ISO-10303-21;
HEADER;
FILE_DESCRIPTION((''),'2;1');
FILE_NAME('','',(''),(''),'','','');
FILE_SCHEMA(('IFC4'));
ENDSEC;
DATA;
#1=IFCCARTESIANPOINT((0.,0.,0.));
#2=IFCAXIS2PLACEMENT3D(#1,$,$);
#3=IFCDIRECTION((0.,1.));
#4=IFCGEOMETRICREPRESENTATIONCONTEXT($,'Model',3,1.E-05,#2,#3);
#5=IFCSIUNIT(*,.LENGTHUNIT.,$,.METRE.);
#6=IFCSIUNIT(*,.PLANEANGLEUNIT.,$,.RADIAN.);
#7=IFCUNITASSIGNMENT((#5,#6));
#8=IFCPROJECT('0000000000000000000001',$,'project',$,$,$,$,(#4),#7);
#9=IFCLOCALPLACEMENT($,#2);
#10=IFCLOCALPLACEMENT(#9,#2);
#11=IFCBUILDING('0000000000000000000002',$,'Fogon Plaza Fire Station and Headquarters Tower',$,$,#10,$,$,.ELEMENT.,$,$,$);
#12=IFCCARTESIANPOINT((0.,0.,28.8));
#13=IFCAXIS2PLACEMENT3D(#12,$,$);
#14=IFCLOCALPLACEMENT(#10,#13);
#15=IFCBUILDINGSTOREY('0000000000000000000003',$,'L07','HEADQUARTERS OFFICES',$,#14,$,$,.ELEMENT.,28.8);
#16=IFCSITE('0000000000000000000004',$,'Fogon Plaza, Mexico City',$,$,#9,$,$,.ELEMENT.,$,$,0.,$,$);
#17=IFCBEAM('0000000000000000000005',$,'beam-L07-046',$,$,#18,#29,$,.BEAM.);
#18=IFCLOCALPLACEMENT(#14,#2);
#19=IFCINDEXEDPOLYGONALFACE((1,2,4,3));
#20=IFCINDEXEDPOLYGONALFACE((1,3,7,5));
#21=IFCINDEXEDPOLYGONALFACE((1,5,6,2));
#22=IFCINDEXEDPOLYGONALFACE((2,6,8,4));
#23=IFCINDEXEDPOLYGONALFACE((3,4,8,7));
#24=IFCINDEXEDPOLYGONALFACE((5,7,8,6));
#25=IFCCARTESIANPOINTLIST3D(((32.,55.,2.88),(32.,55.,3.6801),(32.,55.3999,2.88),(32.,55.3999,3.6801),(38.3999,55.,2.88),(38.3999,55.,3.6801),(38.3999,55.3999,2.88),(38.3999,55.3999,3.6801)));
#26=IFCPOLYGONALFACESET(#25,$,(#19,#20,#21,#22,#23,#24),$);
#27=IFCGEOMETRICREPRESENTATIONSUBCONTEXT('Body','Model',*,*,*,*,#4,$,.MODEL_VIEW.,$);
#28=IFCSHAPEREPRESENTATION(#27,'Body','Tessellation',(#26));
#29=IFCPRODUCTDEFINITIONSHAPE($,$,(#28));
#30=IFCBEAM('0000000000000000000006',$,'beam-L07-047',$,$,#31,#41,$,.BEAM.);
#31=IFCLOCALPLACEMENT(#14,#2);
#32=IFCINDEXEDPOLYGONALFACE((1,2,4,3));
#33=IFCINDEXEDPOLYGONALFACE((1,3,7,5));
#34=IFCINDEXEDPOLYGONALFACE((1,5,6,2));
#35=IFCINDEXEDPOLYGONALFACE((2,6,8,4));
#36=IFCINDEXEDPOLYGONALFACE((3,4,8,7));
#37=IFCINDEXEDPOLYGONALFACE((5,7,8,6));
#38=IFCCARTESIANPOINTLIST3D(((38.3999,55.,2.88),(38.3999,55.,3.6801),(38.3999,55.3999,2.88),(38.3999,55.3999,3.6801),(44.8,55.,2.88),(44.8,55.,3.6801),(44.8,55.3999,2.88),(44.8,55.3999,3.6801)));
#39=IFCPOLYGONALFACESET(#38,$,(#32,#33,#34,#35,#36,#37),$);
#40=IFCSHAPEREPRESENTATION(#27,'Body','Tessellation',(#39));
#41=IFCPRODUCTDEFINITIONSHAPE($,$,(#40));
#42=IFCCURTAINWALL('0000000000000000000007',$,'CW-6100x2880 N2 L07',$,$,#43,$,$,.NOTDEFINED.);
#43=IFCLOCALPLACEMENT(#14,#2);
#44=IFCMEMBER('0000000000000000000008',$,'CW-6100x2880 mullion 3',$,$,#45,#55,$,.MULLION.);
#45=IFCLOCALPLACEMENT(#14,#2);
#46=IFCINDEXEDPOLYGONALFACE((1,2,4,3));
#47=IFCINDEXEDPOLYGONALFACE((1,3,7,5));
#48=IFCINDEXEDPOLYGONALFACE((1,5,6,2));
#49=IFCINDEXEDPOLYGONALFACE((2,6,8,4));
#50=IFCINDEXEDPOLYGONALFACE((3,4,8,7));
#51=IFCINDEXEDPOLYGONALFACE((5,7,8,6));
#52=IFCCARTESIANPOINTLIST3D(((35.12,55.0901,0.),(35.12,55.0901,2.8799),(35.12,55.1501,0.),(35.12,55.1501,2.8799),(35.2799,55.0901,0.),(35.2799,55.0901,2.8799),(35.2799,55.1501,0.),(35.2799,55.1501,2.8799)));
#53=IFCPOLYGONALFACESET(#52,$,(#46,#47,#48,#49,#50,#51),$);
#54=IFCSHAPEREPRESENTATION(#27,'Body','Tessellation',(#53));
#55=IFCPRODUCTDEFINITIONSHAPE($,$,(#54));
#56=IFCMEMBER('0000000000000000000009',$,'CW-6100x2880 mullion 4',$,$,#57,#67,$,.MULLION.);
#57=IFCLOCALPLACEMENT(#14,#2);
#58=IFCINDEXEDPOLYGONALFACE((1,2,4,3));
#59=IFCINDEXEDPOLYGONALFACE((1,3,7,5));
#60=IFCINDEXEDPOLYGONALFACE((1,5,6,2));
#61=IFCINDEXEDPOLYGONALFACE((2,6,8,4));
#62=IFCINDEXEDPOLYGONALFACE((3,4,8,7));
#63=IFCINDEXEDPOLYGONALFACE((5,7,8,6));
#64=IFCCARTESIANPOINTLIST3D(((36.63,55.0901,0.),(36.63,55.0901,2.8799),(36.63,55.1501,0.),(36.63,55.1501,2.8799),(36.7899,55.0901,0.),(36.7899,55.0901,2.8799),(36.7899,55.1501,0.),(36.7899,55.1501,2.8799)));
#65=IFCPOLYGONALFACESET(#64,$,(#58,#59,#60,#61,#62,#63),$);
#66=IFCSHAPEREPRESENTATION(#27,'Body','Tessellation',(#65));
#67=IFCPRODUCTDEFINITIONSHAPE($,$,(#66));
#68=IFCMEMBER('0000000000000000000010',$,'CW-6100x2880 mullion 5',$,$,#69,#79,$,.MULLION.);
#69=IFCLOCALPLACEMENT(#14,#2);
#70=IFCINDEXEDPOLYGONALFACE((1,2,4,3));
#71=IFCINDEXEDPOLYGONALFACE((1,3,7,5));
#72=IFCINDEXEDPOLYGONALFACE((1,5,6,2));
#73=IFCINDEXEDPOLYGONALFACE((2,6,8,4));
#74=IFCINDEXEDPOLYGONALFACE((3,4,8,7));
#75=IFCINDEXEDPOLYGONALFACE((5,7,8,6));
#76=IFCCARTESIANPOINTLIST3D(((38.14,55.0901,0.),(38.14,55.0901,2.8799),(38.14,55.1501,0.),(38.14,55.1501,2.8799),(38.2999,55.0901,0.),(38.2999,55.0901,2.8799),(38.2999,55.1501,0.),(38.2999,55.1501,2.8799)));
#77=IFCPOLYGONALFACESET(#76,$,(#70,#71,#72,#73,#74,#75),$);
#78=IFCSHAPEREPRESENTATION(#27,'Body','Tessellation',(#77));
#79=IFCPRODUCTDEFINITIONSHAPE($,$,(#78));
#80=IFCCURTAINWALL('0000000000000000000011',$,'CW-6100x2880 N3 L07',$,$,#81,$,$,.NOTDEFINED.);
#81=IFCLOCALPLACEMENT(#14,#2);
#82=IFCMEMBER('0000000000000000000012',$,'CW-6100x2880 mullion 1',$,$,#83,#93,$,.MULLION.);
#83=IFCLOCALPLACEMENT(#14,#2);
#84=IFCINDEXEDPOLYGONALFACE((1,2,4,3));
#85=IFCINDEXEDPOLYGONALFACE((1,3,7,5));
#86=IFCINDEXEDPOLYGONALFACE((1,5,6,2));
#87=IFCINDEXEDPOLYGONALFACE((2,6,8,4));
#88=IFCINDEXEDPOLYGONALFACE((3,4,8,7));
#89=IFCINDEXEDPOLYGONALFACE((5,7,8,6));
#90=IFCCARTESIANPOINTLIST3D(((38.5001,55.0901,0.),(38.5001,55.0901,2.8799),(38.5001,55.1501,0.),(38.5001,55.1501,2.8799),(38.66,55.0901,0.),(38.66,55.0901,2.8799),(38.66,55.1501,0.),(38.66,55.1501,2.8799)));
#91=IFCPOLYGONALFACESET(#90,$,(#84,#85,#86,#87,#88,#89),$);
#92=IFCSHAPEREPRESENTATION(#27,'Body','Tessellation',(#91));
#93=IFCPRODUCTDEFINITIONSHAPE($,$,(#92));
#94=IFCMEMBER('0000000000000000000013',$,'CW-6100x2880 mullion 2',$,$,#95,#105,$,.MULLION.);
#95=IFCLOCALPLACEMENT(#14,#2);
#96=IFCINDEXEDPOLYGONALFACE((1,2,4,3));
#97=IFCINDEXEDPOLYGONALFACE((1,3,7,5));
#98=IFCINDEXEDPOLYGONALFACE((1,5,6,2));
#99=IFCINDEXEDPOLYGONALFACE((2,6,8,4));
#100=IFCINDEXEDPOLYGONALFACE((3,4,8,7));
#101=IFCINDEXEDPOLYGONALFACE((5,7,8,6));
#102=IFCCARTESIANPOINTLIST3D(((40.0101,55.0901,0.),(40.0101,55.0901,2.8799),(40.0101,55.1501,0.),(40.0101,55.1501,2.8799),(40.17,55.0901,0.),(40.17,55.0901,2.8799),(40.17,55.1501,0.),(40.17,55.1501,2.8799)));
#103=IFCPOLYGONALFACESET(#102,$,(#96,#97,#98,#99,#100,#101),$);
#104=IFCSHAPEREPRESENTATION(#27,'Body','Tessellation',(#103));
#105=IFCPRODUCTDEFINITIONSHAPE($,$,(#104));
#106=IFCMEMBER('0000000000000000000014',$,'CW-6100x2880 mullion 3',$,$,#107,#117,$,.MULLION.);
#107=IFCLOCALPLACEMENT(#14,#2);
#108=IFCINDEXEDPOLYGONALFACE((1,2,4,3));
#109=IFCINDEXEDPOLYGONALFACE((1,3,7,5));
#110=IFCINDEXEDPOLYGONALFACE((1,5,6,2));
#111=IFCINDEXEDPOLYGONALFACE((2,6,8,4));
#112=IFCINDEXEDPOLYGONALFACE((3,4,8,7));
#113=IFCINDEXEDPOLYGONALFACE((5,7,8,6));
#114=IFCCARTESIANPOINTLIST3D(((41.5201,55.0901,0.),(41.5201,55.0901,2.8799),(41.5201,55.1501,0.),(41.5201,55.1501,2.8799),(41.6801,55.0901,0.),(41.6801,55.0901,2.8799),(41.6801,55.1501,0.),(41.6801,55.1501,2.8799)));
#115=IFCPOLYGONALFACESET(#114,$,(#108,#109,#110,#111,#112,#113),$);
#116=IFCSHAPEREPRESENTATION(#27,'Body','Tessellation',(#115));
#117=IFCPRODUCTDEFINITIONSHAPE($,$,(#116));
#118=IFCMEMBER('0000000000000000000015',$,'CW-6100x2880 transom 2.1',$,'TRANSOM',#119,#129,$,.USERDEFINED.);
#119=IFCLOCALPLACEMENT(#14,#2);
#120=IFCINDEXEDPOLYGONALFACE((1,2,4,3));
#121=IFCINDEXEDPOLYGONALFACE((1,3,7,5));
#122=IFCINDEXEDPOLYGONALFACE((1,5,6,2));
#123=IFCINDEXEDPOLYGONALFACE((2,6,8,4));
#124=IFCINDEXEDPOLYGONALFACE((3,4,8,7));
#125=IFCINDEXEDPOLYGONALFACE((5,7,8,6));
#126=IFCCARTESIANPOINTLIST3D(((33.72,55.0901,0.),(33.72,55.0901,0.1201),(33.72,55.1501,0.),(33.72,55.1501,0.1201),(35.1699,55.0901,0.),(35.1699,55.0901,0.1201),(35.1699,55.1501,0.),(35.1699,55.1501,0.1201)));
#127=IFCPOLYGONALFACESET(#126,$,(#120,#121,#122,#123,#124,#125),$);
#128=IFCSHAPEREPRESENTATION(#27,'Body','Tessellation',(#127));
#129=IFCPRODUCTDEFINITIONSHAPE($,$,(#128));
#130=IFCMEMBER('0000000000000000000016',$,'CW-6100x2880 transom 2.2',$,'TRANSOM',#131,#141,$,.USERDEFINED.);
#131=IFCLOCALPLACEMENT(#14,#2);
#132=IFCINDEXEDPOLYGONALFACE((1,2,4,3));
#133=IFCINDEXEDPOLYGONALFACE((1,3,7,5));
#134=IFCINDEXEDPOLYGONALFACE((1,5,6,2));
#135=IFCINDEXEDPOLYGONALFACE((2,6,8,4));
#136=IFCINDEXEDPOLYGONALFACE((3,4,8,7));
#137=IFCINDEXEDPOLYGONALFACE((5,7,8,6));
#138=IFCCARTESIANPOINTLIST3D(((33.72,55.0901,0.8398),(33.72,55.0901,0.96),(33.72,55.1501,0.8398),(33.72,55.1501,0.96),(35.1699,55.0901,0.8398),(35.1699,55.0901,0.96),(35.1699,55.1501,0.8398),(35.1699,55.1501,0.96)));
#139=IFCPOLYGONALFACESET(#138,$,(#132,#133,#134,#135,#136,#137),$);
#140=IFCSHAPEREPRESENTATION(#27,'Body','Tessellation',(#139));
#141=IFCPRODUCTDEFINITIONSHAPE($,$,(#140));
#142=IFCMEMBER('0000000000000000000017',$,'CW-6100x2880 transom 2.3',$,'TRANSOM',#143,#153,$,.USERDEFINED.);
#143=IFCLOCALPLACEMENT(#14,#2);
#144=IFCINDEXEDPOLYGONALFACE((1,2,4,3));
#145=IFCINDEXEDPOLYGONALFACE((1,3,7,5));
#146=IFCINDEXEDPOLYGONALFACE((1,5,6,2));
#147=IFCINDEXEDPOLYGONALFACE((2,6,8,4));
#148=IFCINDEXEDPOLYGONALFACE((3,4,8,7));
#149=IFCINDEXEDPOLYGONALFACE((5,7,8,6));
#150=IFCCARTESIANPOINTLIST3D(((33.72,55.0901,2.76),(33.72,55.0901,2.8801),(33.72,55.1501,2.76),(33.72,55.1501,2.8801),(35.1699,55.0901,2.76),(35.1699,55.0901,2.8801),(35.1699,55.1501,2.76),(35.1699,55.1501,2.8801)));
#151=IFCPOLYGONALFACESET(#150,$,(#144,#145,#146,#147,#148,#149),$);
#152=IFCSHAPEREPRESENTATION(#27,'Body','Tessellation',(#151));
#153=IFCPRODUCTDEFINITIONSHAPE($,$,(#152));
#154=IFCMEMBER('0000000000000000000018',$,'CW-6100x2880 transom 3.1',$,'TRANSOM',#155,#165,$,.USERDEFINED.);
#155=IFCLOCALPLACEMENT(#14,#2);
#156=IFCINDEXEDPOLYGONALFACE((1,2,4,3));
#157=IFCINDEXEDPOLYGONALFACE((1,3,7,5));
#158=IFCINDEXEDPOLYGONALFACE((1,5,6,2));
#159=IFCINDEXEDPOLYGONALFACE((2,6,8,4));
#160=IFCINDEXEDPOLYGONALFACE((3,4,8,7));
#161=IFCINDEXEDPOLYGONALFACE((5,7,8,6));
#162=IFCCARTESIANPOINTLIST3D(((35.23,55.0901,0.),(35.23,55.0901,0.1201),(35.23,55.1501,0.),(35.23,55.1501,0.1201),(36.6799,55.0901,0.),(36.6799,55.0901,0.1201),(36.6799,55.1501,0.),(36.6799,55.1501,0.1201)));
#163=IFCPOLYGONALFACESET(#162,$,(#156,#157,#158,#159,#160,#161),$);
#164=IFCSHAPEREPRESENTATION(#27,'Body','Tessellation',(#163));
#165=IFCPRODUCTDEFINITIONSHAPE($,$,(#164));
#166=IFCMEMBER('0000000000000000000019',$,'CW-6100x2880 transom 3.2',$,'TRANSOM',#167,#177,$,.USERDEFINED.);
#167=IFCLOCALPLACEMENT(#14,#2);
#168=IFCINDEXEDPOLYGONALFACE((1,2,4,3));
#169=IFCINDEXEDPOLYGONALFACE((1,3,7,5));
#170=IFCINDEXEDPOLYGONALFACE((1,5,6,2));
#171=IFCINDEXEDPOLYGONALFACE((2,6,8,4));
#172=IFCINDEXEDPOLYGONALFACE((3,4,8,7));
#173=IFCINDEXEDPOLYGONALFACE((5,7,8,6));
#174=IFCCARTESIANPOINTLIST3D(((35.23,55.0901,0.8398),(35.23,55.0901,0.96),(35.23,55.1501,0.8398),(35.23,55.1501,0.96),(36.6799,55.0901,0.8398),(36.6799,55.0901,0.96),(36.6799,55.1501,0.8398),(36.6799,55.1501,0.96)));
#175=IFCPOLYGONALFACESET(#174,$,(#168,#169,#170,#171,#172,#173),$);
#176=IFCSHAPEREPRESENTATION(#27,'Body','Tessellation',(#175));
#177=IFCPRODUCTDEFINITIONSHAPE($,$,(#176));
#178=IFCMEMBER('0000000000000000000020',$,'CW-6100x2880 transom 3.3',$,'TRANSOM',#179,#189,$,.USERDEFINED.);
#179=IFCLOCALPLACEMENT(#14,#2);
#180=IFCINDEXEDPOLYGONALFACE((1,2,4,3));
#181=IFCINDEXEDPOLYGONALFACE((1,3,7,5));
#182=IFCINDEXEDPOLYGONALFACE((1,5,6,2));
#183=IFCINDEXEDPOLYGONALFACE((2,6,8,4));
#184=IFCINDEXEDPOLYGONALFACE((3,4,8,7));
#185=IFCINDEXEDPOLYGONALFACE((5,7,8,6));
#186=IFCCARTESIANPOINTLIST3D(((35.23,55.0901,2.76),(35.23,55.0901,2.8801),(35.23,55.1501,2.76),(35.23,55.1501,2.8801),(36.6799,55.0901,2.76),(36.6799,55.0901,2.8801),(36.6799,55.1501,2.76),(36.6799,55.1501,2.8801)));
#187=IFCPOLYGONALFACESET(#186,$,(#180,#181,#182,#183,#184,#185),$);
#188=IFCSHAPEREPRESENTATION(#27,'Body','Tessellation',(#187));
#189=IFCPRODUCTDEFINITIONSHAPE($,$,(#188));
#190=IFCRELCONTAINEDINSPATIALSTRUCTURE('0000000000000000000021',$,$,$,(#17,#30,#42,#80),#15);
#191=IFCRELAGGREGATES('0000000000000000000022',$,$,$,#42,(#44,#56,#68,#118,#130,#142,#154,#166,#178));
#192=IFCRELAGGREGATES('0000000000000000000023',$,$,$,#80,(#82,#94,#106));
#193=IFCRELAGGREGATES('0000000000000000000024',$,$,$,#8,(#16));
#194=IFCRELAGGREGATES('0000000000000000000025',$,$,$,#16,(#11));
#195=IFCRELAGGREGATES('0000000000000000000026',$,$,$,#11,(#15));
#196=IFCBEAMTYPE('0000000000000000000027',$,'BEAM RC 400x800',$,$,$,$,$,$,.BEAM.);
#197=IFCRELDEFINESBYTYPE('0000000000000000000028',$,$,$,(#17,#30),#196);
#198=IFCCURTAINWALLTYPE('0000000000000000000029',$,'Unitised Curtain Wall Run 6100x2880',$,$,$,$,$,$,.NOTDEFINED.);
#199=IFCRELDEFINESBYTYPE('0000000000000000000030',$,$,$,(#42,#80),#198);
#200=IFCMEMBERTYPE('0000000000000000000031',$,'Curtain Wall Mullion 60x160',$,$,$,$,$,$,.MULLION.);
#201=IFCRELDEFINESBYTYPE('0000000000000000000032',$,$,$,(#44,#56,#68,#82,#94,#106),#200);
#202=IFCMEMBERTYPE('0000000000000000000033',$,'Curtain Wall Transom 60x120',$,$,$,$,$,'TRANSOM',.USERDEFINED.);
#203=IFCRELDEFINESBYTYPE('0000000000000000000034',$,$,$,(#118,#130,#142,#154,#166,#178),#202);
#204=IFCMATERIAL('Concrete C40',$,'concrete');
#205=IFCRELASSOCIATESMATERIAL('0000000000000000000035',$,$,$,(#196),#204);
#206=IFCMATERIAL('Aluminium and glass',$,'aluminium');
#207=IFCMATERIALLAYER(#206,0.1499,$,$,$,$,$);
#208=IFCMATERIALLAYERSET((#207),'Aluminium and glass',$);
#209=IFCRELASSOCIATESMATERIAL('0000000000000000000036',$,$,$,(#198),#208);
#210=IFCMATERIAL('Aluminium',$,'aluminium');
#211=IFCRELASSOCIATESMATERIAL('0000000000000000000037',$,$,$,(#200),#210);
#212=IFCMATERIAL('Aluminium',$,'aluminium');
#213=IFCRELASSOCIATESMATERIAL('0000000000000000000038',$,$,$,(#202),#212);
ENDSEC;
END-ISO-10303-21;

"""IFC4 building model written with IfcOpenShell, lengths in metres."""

from ifc_helpers import new_model, si_unit, direction, frame, origin, origin_2d, place, context, subcontext, project, spatial, rectangle, extrude, material, layer, layer_set, material_profile, profile_set, type_object, element, aggregate, save


model = new_model("IFC4")

# Units and contexts
model_context = context("Model", 3, precision=1e-05, world=origin(), true_north=direction((0.0, 1.0)))
body_context = subcontext(model_context, "Body", "Model", "MODEL_VIEW")
ifc_project = project(units=[si_unit("LENGTHUNIT", "METRE"), si_unit("PLANEANGLEUNIT", "RADIAN")], contexts=[model_context])

# Site, building, storey
site_placement = place(None, origin())
site = spatial("IfcSite", under=ifc_project, at=site_placement, Name="Fogon Plaza, Mexico City", CompositionType="ELEMENT", RefElevation=0.0)
building_placement = place(site_placement, origin())
building = spatial("IfcBuilding", under=site, at=building_placement, Name="Fogon Plaza Fire Station and Headquarters Tower", CompositionType="ELEMENT")
storey_placement = place(building_placement, frame((0.0, 0.0, 28.8)))
storey = spatial("IfcBuildingStorey", under=building, at=storey_placement, Name="L07", Description="HEADQUARTERS OFFICES", CompositionType="ELEMENT", Elevation=28.8)

# Beams
ifc_material_1 = material(Name="Concrete C40", Category="concrete")
ifc_material_profile_1 = material_profile(ifc_material_1, rectangle(XDim=0.3999, YDim=0.8, at=origin_2d()), Name="RC 400x800")
ifc_profile_set_1 = profile_set([ifc_material_profile_1], Name="Concrete C40")
beam_type = type_object("IfcBeamType", Name="BEAM RC 400x800", PredefinedType="BEAM", material=ifc_profile_set_1)
beam_1_placement = place(storey_placement, frame((32.0, 55.2, 3.28), z_axis=(1.0, 0.0, 0.0), x_axis=(0.0, 1.0, 0.0)))
element("IfcBeam", 1, at=beam_1_placement, inside=storey, type_object=beam_type, Name="beam-L07-046", PredefinedType="BEAM", context=body_context, shape_type="SweptSolid", body=[
    extrude(rectangle(XDim=0.3999, YDim=0.8, at=origin_2d()), origin(), (0.0, 0.0, 1.0), 6.3999),
])
beam_2_placement = place(storey_placement, frame((38.3999, 55.2, 3.28), z_axis=(1.0, 0.0, 0.0), x_axis=(0.0, 1.0, 0.0)))
element("IfcBeam", 2, at=beam_2_placement, inside=storey, type_object=beam_type, Name="beam-L07-047", PredefinedType="BEAM", context=body_context, shape_type="SweptSolid", body=[
    extrude(rectangle(XDim=0.3999, YDim=0.8, at=origin_2d()), origin(), (0.0, 0.0, 1.0), 6.4001),
])

# Curtain walls, members
ifc_material_2 = material(Name="Aluminium and glass", Category="aluminium")
ifc_layer_1 = layer(ifc_material_2, 0.1499)
ifc_layer_set_1 = layer_set([ifc_layer_1], Name="Aluminium and glass")
curtain_wall_type = type_object("IfcCurtainWallType", Name="Unitised Curtain Wall Run 6100x2880", PredefinedType="NOTDEFINED", material=ifc_layer_set_1)
curtain_wall_1_placement = place(storey_placement, origin())
curtain_wall_1 = element("IfcCurtainWall", 3, at=curtain_wall_1_placement, inside=storey, type_object=curtain_wall_type, Name="CW-6100x2880 N2 L07", PredefinedType="NOTDEFINED")
ifc_material_3 = material(Name="Aluminium", Category="aluminium")
ifc_material_profile_2 = material_profile(ifc_material_3, rectangle(XDim=0.0601, YDim=0.1599, at=origin_2d()), Name="Curtain Wall Mullion 60x160")
ifc_profile_set_2 = profile_set([ifc_material_profile_2], Name="Aluminium")
member_type_1 = type_object("IfcMemberType", Name="Curtain Wall Mullion 60x160", PredefinedType="MULLION", material=ifc_profile_set_2)
member_1_placement = place(storey_placement, frame((35.2, 55.1201, 0.0), z_axis=(0.0, 0.0, 1.0), x_axis=(0.0, 1.0, 0.0)))
member_1 = element("IfcMember", 4, at=member_1_placement, type_object=member_type_1, Name="CW-6100x2880 mullion 3", PredefinedType="MULLION", context=body_context, shape_type="SweptSolid", body=[
    extrude(rectangle(XDim=0.0601, YDim=0.1599, at=origin_2d()), origin(), (0.0, 0.0, 1.0), 2.8799),
])
member_2_placement = place(storey_placement, frame((36.71, 55.1201, 0.0), z_axis=(0.0, 0.0, 1.0), x_axis=(0.0, 1.0, 0.0)))
member_2 = element("IfcMember", 5, at=member_2_placement, type_object=member_type_1, Name="CW-6100x2880 mullion 4", PredefinedType="MULLION", context=body_context, shape_type="SweptSolid", body=[
    extrude(rectangle(XDim=0.0601, YDim=0.1599, at=origin_2d()), origin(), (0.0, 0.0, 1.0), 2.8799),
])
member_3_placement = place(storey_placement, frame((38.22, 55.1201, 0.0), z_axis=(0.0, 0.0, 1.0), x_axis=(0.0, 1.0, 0.0)))
member_3 = element("IfcMember", 6, at=member_3_placement, type_object=member_type_1, Name="CW-6100x2880 mullion 5", PredefinedType="MULLION", context=body_context, shape_type="SweptSolid", body=[
    extrude(rectangle(XDim=0.0601, YDim=0.1599, at=origin_2d()), origin(), (0.0, 0.0, 1.0), 2.8799),
])
curtain_wall_2_placement = place(storey_placement, origin())
curtain_wall_2 = element("IfcCurtainWall", 7, at=curtain_wall_2_placement, inside=storey, type_object=curtain_wall_type, Name="CW-6100x2880 N3 L07", PredefinedType="NOTDEFINED")
member_4_placement = place(storey_placement, frame((38.5801, 55.1201, 0.0), z_axis=(0.0, 0.0, 1.0), x_axis=(0.0, 1.0, 0.0)))
member_4 = element("IfcMember", 8, at=member_4_placement, type_object=member_type_1, Name="CW-6100x2880 mullion 1", PredefinedType="MULLION", context=body_context, shape_type="SweptSolid", body=[
    extrude(rectangle(XDim=0.0601, YDim=0.1599, at=origin_2d()), origin(), (0.0, 0.0, 1.0), 2.8799),
])
member_5_placement = place(storey_placement, frame((40.0901, 55.1201, 0.0), z_axis=(0.0, 0.0, 1.0), x_axis=(0.0, 1.0, 0.0)))
member_5 = element("IfcMember", 9, at=member_5_placement, type_object=member_type_1, Name="CW-6100x2880 mullion 2", PredefinedType="MULLION", context=body_context, shape_type="SweptSolid", body=[
    extrude(rectangle(XDim=0.0601, YDim=0.1599, at=origin_2d()), origin(), (0.0, 0.0, 1.0), 2.8799),
])
member_6_placement = place(storey_placement, frame((41.6001, 55.1201, 0.0), z_axis=(0.0, 0.0, 1.0), x_axis=(0.0, 1.0, 0.0)))
member_6 = element("IfcMember", 10, at=member_6_placement, type_object=member_type_1, Name="CW-6100x2880 mullion 3", PredefinedType="MULLION", context=body_context, shape_type="SweptSolid", body=[
    extrude(rectangle(XDim=0.0601, YDim=0.1599, at=origin_2d()), origin(), (0.0, 0.0, 1.0), 2.8799),
])

# Members
ifc_material_4 = material(Name="Aluminium", Category="aluminium")
ifc_material_profile_3 = material_profile(ifc_material_4, rectangle(XDim=0.0601, YDim=0.1201, at=origin_2d()), Name="Curtain Wall Transom 60x120")
ifc_profile_set_3 = profile_set([ifc_material_profile_3], Name="Aluminium")
member_type_2 = type_object("IfcMemberType", Name="Curtain Wall Transom 60x120", ElementType="TRANSOM", PredefinedType="USERDEFINED", material=ifc_profile_set_3)
member_7_placement = place(storey_placement, frame((33.72, 55.1201, 0.0601), z_axis=(1.0, 0.0, 0.0), x_axis=(0.0, 1.0, 0.0)))
member_7 = element("IfcMember", 11, at=member_7_placement, type_object=member_type_2, Name="CW-6100x2880 transom 2.1", ObjectType="TRANSOM", PredefinedType="USERDEFINED", context=body_context, shape_type="SweptSolid", body=[
    extrude(rectangle(XDim=0.0601, YDim=0.1201, at=origin_2d()), origin(), (0.0, 0.0, 1.0), 1.45),
])
member_8_placement = place(storey_placement, frame((33.72, 55.1201, 0.8999), z_axis=(1.0, 0.0, 0.0), x_axis=(0.0, 1.0, 0.0)))
member_8 = element("IfcMember", 12, at=member_8_placement, type_object=member_type_2, Name="CW-6100x2880 transom 2.2", ObjectType="TRANSOM", PredefinedType="USERDEFINED", context=body_context, shape_type="SweptSolid", body=[
    extrude(rectangle(XDim=0.0601, YDim=0.1201, at=origin_2d()), origin(), (0.0, 0.0, 1.0), 1.45),
])
member_9_placement = place(storey_placement, frame((33.72, 55.1201, 2.8201), z_axis=(1.0, 0.0, 0.0), x_axis=(0.0, 1.0, 0.0)))
member_9 = element("IfcMember", 13, at=member_9_placement, type_object=member_type_2, Name="CW-6100x2880 transom 2.3", ObjectType="TRANSOM", PredefinedType="USERDEFINED", context=body_context, shape_type="SweptSolid", body=[
    extrude(rectangle(XDim=0.0601, YDim=0.1201, at=origin_2d()), origin(), (0.0, 0.0, 1.0), 1.45),
])
member_10_placement = place(storey_placement, frame((35.23, 55.1201, 0.0601), z_axis=(1.0, 0.0, 0.0), x_axis=(0.0, 1.0, 0.0)))
member_10 = element("IfcMember", 14, at=member_10_placement, type_object=member_type_2, Name="CW-6100x2880 transom 3.1", ObjectType="TRANSOM", PredefinedType="USERDEFINED", context=body_context, shape_type="SweptSolid", body=[
    extrude(rectangle(XDim=0.0601, YDim=0.1201, at=origin_2d()), origin(), (0.0, 0.0, 1.0), 1.45),
])
member_11_placement = place(storey_placement, frame((35.23, 55.1201, 0.8999), z_axis=(1.0, 0.0, 0.0), x_axis=(0.0, 1.0, 0.0)))
member_11 = element("IfcMember", 15, at=member_11_placement, type_object=member_type_2, Name="CW-6100x2880 transom 3.2", ObjectType="TRANSOM", PredefinedType="USERDEFINED", context=body_context, shape_type="SweptSolid", body=[
    extrude(rectangle(XDim=0.0601, YDim=0.1201, at=origin_2d()), origin(), (0.0, 0.0, 1.0), 1.45),
])
member_12_placement = place(storey_placement, frame((35.23, 55.1201, 2.8201), z_axis=(1.0, 0.0, 0.0), x_axis=(0.0, 1.0, 0.0)))
member_12 = element("IfcMember", 16, at=member_12_placement, type_object=member_type_2, Name="CW-6100x2880 transom 3.3", ObjectType="TRANSOM", PredefinedType="USERDEFINED", context=body_context, shape_type="SweptSolid", body=[
    extrude(rectangle(XDim=0.0601, YDim=0.1201, at=origin_2d()), origin(), (0.0, 0.0, 1.0), 1.45),
])

aggregate(curtain_wall_1, [member_1, member_2, member_3, member_7, member_8, member_9, member_10, member_11, member_12])
aggregate(curtain_wall_2, [member_4, member_5, member_6])

save(model, "model.ifc")
